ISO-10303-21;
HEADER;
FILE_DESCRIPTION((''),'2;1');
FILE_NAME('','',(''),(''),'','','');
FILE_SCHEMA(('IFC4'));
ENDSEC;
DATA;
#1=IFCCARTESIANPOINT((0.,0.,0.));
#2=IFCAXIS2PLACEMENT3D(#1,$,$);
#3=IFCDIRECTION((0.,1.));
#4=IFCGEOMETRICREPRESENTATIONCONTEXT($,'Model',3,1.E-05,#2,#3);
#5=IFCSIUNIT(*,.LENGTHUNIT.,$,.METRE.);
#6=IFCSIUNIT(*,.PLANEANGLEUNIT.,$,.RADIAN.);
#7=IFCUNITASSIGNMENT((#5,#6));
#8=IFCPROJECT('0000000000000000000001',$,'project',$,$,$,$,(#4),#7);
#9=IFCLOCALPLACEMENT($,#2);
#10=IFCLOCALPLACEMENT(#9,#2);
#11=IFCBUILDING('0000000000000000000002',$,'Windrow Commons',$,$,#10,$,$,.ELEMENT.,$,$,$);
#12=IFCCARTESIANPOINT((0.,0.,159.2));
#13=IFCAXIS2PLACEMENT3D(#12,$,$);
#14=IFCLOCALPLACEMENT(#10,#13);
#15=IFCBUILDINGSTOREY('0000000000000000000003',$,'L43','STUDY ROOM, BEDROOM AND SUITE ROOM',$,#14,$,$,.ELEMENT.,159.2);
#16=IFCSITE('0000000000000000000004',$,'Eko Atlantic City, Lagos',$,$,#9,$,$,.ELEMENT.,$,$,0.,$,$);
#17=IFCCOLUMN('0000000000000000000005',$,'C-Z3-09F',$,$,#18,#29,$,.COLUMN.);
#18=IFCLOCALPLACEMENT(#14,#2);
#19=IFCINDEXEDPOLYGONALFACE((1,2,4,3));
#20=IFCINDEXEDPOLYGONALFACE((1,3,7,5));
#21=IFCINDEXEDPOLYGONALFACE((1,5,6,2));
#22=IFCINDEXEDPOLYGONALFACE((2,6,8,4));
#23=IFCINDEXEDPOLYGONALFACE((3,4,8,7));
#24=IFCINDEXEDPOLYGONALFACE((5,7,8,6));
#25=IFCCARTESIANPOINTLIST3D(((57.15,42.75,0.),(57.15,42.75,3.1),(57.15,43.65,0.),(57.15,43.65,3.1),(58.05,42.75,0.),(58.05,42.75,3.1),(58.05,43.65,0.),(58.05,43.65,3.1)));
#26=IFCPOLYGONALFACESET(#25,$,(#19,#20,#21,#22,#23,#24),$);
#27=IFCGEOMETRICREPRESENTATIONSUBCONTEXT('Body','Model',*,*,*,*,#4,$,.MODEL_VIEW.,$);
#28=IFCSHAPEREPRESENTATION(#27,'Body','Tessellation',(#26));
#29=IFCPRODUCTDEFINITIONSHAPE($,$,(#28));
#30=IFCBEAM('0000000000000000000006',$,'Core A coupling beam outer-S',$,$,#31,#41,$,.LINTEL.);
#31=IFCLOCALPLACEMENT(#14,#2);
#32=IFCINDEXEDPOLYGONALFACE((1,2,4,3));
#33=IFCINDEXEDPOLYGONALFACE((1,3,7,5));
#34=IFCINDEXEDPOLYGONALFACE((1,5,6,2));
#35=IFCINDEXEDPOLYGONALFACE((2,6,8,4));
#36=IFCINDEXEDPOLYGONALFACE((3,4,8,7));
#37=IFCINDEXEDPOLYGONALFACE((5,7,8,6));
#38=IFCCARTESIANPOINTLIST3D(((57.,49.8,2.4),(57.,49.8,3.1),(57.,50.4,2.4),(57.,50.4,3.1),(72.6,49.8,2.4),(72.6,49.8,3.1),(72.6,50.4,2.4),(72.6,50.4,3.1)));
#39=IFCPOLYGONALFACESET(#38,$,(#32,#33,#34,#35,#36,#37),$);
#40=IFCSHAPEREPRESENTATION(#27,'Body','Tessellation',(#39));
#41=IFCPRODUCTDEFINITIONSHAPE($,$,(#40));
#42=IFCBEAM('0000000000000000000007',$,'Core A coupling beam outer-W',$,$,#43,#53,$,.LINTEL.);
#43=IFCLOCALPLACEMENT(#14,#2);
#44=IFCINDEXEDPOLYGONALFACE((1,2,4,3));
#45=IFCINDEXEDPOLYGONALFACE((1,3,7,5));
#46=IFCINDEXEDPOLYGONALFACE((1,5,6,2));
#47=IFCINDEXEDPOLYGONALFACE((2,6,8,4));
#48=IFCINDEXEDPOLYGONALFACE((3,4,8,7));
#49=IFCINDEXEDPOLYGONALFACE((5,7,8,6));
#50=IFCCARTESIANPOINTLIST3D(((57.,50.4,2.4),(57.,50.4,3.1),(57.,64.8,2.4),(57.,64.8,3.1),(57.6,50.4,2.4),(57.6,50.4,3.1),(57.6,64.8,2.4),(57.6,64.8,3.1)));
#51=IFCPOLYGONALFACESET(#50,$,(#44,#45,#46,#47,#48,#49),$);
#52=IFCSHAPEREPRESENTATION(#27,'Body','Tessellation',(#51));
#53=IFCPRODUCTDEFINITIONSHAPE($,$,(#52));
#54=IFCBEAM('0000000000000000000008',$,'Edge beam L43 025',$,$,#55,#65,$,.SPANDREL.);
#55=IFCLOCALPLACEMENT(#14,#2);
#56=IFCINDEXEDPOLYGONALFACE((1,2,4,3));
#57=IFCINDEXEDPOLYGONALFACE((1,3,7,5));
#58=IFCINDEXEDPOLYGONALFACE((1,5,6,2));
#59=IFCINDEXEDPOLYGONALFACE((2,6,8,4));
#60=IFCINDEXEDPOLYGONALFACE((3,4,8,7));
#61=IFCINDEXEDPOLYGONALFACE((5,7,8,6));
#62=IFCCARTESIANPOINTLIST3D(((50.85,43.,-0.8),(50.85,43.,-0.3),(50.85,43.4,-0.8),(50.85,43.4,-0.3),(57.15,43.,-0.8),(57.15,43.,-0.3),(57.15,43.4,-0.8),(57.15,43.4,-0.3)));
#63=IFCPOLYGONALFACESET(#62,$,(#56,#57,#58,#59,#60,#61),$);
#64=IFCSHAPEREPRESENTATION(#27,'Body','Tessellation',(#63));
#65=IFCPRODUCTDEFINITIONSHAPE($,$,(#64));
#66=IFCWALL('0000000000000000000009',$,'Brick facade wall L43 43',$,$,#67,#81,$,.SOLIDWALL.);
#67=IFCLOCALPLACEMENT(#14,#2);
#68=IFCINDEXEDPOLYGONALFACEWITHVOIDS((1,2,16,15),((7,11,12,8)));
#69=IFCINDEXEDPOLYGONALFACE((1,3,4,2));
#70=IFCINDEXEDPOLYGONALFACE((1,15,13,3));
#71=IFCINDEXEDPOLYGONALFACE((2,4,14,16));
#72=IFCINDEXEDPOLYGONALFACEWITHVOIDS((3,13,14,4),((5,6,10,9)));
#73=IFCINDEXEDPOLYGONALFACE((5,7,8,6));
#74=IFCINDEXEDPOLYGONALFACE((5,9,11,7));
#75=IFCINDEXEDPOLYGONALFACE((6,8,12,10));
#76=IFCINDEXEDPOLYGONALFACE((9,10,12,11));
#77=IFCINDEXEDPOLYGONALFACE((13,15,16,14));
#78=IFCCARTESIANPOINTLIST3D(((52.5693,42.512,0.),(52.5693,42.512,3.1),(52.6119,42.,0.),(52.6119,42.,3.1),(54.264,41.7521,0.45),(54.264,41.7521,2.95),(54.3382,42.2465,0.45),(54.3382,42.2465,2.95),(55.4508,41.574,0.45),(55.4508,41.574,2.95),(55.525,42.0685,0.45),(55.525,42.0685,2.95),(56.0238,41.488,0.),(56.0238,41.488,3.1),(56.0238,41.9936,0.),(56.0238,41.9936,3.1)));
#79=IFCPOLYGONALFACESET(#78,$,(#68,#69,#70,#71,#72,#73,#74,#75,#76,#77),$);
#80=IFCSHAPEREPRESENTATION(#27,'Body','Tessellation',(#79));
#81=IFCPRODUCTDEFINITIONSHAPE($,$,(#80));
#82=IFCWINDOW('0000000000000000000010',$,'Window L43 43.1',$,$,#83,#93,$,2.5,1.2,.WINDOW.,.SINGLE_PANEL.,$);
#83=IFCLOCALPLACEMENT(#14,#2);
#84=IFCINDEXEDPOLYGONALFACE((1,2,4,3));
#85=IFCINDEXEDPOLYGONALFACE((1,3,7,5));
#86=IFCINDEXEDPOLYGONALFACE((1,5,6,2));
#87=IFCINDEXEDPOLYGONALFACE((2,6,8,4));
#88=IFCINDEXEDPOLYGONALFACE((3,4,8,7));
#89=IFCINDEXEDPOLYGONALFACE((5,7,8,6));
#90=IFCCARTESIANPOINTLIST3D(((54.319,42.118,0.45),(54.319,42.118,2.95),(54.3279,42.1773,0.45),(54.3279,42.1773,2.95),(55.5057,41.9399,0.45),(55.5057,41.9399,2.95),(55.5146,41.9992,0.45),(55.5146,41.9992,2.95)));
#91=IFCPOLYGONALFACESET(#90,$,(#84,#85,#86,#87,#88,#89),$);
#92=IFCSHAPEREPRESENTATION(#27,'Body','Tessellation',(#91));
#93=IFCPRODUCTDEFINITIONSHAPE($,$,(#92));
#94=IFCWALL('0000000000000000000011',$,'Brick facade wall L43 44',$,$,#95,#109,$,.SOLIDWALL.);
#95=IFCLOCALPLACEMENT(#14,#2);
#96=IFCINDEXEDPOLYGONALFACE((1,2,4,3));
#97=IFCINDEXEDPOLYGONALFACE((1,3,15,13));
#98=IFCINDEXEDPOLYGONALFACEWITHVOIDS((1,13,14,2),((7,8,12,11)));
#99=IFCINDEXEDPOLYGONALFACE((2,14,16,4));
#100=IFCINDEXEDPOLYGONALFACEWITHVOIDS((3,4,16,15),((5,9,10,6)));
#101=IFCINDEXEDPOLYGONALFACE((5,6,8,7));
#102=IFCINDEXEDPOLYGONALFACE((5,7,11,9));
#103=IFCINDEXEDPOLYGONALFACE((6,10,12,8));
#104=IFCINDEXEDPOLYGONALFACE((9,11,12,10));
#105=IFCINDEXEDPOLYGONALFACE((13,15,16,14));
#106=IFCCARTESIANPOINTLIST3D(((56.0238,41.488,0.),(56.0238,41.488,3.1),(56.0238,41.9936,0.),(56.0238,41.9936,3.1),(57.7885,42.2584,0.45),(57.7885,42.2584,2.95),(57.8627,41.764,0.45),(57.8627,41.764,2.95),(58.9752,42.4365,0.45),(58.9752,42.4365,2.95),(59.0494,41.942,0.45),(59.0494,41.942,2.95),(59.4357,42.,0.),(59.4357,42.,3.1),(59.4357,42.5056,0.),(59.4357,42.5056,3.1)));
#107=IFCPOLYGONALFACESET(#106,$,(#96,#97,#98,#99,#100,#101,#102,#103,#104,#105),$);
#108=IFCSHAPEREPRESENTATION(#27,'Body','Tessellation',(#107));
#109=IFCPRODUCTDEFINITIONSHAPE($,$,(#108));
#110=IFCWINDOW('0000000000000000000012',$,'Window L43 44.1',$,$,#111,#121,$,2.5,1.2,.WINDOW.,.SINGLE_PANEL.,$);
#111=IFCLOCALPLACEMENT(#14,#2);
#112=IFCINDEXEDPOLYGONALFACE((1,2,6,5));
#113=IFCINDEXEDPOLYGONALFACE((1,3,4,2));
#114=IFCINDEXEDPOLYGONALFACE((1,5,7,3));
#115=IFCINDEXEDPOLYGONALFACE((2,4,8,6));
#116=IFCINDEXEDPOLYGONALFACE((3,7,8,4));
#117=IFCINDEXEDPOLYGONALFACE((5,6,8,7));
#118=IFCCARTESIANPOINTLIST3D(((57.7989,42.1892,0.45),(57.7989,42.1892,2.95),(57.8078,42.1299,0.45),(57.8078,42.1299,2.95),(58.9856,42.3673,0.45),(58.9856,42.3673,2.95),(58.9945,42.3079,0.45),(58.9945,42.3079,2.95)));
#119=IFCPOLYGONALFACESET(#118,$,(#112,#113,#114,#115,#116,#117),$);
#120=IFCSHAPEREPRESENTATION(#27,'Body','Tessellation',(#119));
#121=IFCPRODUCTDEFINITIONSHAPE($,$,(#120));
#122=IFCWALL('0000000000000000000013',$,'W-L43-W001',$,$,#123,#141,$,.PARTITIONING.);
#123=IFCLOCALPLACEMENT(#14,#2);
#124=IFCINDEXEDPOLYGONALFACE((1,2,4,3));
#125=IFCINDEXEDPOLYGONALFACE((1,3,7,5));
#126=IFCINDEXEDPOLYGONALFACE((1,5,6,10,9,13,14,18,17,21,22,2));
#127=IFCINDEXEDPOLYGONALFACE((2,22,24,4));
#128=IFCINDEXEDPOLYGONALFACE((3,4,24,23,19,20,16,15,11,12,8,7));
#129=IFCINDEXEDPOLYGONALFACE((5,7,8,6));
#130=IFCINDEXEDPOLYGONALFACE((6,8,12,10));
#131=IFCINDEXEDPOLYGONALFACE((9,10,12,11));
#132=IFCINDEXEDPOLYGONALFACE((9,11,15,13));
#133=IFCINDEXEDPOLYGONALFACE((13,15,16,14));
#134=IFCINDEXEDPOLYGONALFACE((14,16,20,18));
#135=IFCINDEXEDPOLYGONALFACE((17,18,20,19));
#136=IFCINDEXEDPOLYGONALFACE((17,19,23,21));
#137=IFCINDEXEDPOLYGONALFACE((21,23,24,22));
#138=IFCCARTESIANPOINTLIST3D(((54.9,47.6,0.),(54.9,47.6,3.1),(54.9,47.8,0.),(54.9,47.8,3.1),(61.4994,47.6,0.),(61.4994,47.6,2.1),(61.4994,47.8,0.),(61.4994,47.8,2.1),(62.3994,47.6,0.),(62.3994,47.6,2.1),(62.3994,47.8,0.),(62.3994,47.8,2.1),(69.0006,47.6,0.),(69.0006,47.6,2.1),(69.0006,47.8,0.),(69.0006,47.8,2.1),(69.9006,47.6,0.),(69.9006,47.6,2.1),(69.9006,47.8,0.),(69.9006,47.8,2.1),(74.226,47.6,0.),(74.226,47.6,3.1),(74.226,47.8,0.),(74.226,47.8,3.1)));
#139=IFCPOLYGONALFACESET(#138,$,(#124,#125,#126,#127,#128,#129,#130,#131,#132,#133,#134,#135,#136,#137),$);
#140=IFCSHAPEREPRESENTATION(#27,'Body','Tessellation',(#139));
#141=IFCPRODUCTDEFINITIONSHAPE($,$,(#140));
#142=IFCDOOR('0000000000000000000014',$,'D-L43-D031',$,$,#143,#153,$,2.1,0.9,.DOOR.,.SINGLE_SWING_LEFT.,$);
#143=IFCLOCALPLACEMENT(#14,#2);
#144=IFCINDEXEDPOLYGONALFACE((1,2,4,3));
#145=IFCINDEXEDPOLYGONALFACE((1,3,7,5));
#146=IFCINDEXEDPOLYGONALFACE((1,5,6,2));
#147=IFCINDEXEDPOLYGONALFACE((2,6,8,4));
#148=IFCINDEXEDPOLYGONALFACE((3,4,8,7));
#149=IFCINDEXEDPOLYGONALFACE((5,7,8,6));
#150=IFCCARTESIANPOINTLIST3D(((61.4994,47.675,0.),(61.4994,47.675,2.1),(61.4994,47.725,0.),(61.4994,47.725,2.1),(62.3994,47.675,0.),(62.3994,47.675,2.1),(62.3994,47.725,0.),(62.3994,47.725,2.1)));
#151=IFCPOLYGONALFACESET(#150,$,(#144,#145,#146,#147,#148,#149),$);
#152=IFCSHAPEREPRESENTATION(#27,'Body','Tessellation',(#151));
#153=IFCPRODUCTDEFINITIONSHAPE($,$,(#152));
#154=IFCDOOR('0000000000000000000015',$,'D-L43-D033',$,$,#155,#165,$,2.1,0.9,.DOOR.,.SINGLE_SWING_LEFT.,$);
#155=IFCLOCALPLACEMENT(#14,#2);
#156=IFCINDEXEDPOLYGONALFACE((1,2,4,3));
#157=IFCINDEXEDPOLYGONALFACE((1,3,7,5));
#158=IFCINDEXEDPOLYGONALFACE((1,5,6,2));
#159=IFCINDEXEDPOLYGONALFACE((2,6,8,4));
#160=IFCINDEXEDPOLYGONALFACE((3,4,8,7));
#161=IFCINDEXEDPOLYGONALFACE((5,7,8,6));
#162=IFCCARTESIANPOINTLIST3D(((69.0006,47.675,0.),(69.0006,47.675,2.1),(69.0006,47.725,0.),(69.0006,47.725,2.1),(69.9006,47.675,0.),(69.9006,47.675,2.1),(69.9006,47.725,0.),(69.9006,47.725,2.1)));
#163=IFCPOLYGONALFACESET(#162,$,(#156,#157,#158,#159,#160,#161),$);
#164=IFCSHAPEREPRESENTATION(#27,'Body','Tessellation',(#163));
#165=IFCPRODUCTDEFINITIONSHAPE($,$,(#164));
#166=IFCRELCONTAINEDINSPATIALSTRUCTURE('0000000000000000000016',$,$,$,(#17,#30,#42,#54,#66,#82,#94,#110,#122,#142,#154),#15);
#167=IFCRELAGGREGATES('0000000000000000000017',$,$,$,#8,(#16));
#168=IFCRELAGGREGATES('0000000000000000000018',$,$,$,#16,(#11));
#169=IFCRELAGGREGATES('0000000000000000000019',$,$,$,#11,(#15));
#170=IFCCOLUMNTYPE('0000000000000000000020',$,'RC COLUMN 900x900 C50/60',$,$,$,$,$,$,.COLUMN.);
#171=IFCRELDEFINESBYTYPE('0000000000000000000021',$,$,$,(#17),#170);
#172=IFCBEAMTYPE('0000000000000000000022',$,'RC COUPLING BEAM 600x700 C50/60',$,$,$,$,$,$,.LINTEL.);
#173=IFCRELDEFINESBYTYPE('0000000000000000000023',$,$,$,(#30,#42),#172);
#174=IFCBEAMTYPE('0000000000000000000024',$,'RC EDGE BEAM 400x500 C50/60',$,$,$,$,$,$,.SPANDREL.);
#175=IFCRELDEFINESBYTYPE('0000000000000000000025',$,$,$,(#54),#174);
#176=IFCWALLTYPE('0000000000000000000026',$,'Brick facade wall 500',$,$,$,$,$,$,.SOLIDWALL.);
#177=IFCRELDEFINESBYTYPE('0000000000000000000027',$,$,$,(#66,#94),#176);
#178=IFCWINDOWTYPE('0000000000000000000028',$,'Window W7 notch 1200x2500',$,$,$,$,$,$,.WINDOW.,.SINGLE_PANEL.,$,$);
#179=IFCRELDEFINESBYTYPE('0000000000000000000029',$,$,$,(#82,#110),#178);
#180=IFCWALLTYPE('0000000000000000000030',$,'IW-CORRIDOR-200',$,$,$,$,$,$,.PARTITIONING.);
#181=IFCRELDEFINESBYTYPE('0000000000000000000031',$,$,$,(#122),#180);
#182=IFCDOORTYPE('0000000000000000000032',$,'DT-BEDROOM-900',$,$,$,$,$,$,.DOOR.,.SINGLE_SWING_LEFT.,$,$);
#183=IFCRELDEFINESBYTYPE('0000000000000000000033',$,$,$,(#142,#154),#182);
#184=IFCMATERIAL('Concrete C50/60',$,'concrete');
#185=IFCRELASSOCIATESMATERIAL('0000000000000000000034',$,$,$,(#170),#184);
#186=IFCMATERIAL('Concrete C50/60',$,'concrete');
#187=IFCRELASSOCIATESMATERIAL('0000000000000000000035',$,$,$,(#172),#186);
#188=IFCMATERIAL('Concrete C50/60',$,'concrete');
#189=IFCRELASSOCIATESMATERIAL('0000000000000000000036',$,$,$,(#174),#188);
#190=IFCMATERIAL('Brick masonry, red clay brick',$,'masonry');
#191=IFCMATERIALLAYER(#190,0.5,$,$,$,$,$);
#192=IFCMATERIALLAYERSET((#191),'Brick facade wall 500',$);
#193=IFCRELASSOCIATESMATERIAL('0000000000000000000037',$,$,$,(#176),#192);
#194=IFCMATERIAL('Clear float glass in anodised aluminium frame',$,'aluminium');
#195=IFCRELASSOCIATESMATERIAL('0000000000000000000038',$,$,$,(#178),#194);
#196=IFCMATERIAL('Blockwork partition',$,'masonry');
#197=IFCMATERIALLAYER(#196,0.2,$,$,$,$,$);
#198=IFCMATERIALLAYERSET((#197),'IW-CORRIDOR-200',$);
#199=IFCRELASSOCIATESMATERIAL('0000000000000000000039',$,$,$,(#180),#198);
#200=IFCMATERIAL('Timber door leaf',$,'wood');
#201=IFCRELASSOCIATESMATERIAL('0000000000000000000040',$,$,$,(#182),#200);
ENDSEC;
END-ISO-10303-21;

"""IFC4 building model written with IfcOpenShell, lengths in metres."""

from ifc_helpers import new_model, si_unit, direction, frame, frame_2d, origin, origin_2d, place, context, subcontext, project, spatial, polyline, rectangle, outline, extrude, material, layer, layer_set, material_profile, profile_set, type_object, element, fill, save


model = new_model("IFC4")

# Units and contexts
model_context = context("Model", 3, precision=1e-05, world=origin(), true_north=direction((0.0, 1.0)))
body_context = subcontext(model_context, "Body", "Model", "MODEL_VIEW")
ifc_project = project(units=[si_unit("LENGTHUNIT", "METRE"), si_unit("PLANEANGLEUNIT", "RADIAN")], contexts=[model_context])

# Site, building, storey
site_placement = place(None, origin())
site = spatial("IfcSite", under=ifc_project, at=site_placement, Name="Eko Atlantic City, Lagos", CompositionType="ELEMENT", RefElevation=0.0)
building_placement = place(site_placement, origin())
building = spatial("IfcBuilding", under=site, at=building_placement, Name="Windrow Commons", CompositionType="ELEMENT")
storey_placement = place(building_placement, frame((0.0, 0.0, 159.2)))
storey = spatial("IfcBuildingStorey", under=building, at=storey_placement, Name="L43", Description="STUDY ROOM, BEDROOM AND SUITE ROOM", CompositionType="ELEMENT", Elevation=159.2)

# Column
ifc_material_1 = material(Name="Concrete C50/60", Category="concrete")
ifc_material_profile_1 = material_profile(ifc_material_1, rectangle(XDim=0.9, YDim=0.9, at=origin_2d()))
ifc_profile_set_1 = profile_set([ifc_material_profile_1], Name="Concrete C50/60")
column_type = type_object("IfcColumnType", Name="RC COLUMN 900x900 C50/60", PredefinedType="COLUMN", material=ifc_profile_set_1)
column_placement = place(storey_placement, frame((57.6, 43.2, 0.0), z_axis=(0.0, 0.0, 1.0), x_axis=(1.0, 0.0, 0.0)))
element("IfcColumn", 1, at=column_placement, inside=storey, type_object=column_type, Name="C-Z3-09F", PredefinedType="COLUMN", context=body_context, shape_type="SweptSolid", body=[
    extrude(rectangle(XDim=0.9, YDim=0.9, at=origin_2d()), origin(), (0.0, 0.0, 1.0), 3.1),
])

# Beams
ifc_material_2 = material(Name="Concrete C50/60", Category="concrete")
ifc_material_profile_2 = material_profile(ifc_material_2, rectangle(XDim=0.6, YDim=0.7, at=origin_2d()))
ifc_profile_set_2 = profile_set([ifc_material_profile_2], Name="Concrete C50/60")
beam_type_1 = type_object("IfcBeamType", Name="RC COUPLING BEAM 600x700 C50/60", PredefinedType="LINTEL", material=ifc_profile_set_2)
beam_1_placement = place(storey_placement, frame((57.0, 50.1, 2.75), z_axis=(1.0, 0.0, 0.0), x_axis=(0.0, 1.0, 0.0)))
element("IfcBeam", 2, at=beam_1_placement, inside=storey, type_object=beam_type_1, Name="Core A coupling beam outer-S", PredefinedType="LINTEL", context=body_context, shape_type="SweptSolid", body=[
    extrude(rectangle(XDim=0.6, YDim=0.7, at=origin_2d()), origin(), (0.0, 0.0, 1.0), 15.6),
])
beam_2_placement = place(storey_placement, frame((57.3, 50.4, 2.75), z_axis=(0.0, 1.0, 0.0), x_axis=(-1.0, 0.0, 0.0)))
element("IfcBeam", 3, at=beam_2_placement, inside=storey, type_object=beam_type_1, Name="Core A coupling beam outer-W", PredefinedType="LINTEL", context=body_context, shape_type="SweptSolid", body=[
    extrude(rectangle(XDim=0.6, YDim=0.7, at=origin_2d()), origin(), (0.0, 0.0, 1.0), 14.4),
])
ifc_material_3 = material(Name="Concrete C50/60", Category="concrete")
ifc_material_profile_3 = material_profile(ifc_material_3, rectangle(XDim=0.4, YDim=0.5, at=origin_2d()))
ifc_profile_set_3 = profile_set([ifc_material_profile_3], Name="Concrete C50/60")
beam_type_2 = type_object("IfcBeamType", Name="RC EDGE BEAM 400x500 C50/60", PredefinedType="SPANDREL", material=ifc_profile_set_3)
beam_3_placement = place(storey_placement, frame((57.15, 43.2, -0.55), z_axis=(-1.0, 0.0, 0.0), x_axis=(0.0, -1.0, 0.0)))
element("IfcBeam", 4, at=beam_3_placement, inside=storey, type_object=beam_type_2, Name="Edge beam L43 025", PredefinedType="SPANDREL", context=body_context, shape_type="SweptSolid", body=[
    extrude(rectangle(XDim=0.4, YDim=0.5, at=origin_2d()), origin(), (0.0, 0.0, 1.0), 6.3),
])

# Walls, openings, windows
ifc_material_4 = material(Name="Brick masonry, red clay brick", Category="masonry")
ifc_layer_1 = layer(ifc_material_4, 0.5)
ifc_layer_set_1 = layer_set([ifc_layer_1], Name="Brick facade wall 500")
wall_type_1 = type_object("IfcWallType", Name="Brick facade wall 500", PredefinedType="SOLIDWALL", material=ifc_layer_set_1)
wall_1_placement = place(storey_placement, frame((52.5906, 42.256, 0.0), z_axis=(0.0, 0.0, 1.0), x_axis=(0.988927, -0.148402, 0.0)))
wall_1 = element("IfcWall", 5, at=wall_1_placement, inside=storey, type_object=wall_type_1, Name="Brick facade wall L43 43", PredefinedType="SOLIDWALL", context=body_context, shape_type="SweptSolid", body=[
    extrude(outline(polyline([(0.0591, -0.25), (3.5092, -0.25), (3.4341, 0.25), (-0.0591, 0.25), (0.0591, -0.25)])), origin(), (0.0, 0.0, 1.0), 3.1),
])
opening_1_placement = place(wall_1_placement, frame((1.7297, 0.0, 0.45)))
opening_1 = element("IfcOpeningElement", 6, at=opening_1_placement, cuts=wall_1, PredefinedType="OPENING", context=body_context, shape_type="SweptSolid", body=[
    extrude(rectangle(XDim=1.2, YDim=2.5, at=frame_2d((0.6, 1.25))), frame((0.0, 0.26, 0.0), z_axis=(0.0, -1.0, 0.0), x_axis=(1.0, 0.0, 0.0)), (0.0, 0.0, 1.0), 0.52),
])
ifc_material_5 = material(Name="Clear float glass in anodised aluminium frame", Category="aluminium")
window_type = type_object("IfcWindowType", Name="Window W7 notch 1200x2500", PartitioningType="SINGLE_PANEL", PredefinedType="WINDOW", material=ifc_material_5)
window_1_placement = place(opening_1_placement, origin())
window_1 = element("IfcWindow", 7, at=window_1_placement, inside=storey, type_object=window_type, Name="Window L43 43.1", OverallHeight=2.5, OverallWidth=1.2, PartitioningType="SINGLE_PANEL", PredefinedType="WINDOW", context=body_context, shape_type="SweptSolid", body=[
    extrude(rectangle(XDim=1.2, YDim=2.5, at=frame_2d((0.6, 1.25))), frame((0.0, 0.18, 0.0), z_axis=(0.0, -1.0, 0.0), x_axis=(1.0, 0.0, 0.0)), (0.0, 0.0, 1.0), 0.06),
])
fill(opening_1, window_1)
wall_2_placement = place(storey_placement, frame((56.0238, 41.7408, 0.0), z_axis=(0.0, 0.0, 1.0), x_axis=(0.988927, 0.148401, 0.0)))
wall_2 = element("IfcWall", 8, at=wall_2_placement, inside=storey, type_object=wall_type_1, Name="Brick facade wall L43 44", PredefinedType="SOLIDWALL", context=body_context, shape_type="SweptSolid", body=[
    extrude(outline(polyline([(-0.0375, -0.25), (3.4126, -0.25), (3.4876, 0.25), (0.0375, 0.25), (-0.0375, -0.25)])), origin(), (0.0, 0.0, 1.0), 3.1),
])
opening_2_placement = place(wall_2_placement, frame((1.822, 0.0, 0.45)))
opening_2 = element("IfcOpeningElement", 9, at=opening_2_placement, cuts=wall_2, PredefinedType="OPENING", context=body_context, shape_type="SweptSolid", body=[
    extrude(rectangle(XDim=1.2, YDim=2.5, at=frame_2d((0.6, 1.25))), frame((0.0, 0.26, 0.0), z_axis=(0.0, -1.0, 0.0), x_axis=(1.0, 0.0, 0.0)), (0.0, 0.0, 1.0), 0.52),
])
window_2_placement = place(opening_2_placement, origin())
window_2 = element("IfcWindow", 10, at=window_2_placement, inside=storey, type_object=window_type, Name="Window L43 44.1", OverallHeight=2.5, OverallWidth=1.2, PartitioningType="SINGLE_PANEL", PredefinedType="WINDOW", context=body_context, shape_type="SweptSolid", body=[
    extrude(rectangle(XDim=1.2, YDim=2.5, at=frame_2d((0.6, 1.25))), frame((0.0, 0.18, 0.0), z_axis=(0.0, -1.0, 0.0), x_axis=(1.0, 0.0, 0.0)), (0.0, 0.0, 1.0), 0.06),
])
fill(opening_2, window_2)

# Wall, openings, doors
ifc_material_6 = material(Name="Blockwork partition", Category="masonry")
ifc_layer_2 = layer(ifc_material_6, 0.2)
ifc_layer_set_2 = layer_set([ifc_layer_2], Name="IW-CORRIDOR-200")
wall_type_2 = type_object("IfcWallType", Name="IW-CORRIDOR-200", PredefinedType="PARTITIONING", material=ifc_layer_set_2)
wall_3_placement = place(storey_placement, frame((54.9, 47.7, 0.0), z_axis=(0.0, 0.0, 1.0), x_axis=(1.0, 0.0, 0.0)))
wall_3 = element("IfcWall", 11, at=wall_3_placement, inside=storey, type_object=wall_type_2, Name="W-L43-W001", PredefinedType="PARTITIONING", context=body_context, shape_type="SweptSolid", body=[
    extrude(rectangle(XDim=19.326, YDim=0.2, at=frame_2d((9.663, 0.0))), origin(), (0.0, 0.0, 1.0), 3.1),
])
opening_3_placement = place(wall_3_placement, frame((6.5994, 0.0, 0.0)))
opening_3 = element("IfcOpeningElement", 12, at=opening_3_placement, cuts=wall_3, PredefinedType="OPENING", context=body_context, shape_type="SweptSolid", body=[
    extrude(rectangle(XDim=0.9, YDim=2.1, at=frame_2d((0.45, 1.05))), frame((0.0, 0.11, 0.0), z_axis=(0.0, -1.0, 0.0), x_axis=(1.0, 0.0, 0.0)), (0.0, 0.0, 1.0), 0.22),
])
opening_4_placement = place(wall_3_placement, frame((14.1006, 0.0, 0.0)))
opening_4 = element("IfcOpeningElement", 13, at=opening_4_placement, cuts=wall_3, PredefinedType="OPENING", context=body_context, shape_type="SweptSolid", body=[
    extrude(rectangle(XDim=0.9, YDim=2.1, at=frame_2d((0.45, 1.05))), frame((0.0, 0.11, 0.0), z_axis=(0.0, -1.0, 0.0), x_axis=(1.0, 0.0, 0.0)), (0.0, 0.0, 1.0), 0.22),
])
ifc_material_7 = material(Name="Timber door leaf", Category="wood")
door_type_1 = type_object("IfcDoorType", Name="DT-BEDROOM-900", OperationType="SINGLE_SWING_LEFT", PredefinedType="DOOR", material=ifc_material_7)
door_1_placement = place(opening_3_placement, origin())
door_1 = element("IfcDoor", 14, at=door_1_placement, inside=storey, type_object=door_type_1, Name="D-L43-D031", OperationType="SINGLE_SWING_LEFT", OverallHeight=2.1, OverallWidth=0.9, PredefinedType="DOOR", context=body_context, shape_type="SweptSolid", body=[
    extrude(rectangle(XDim=0.9, YDim=2.1, at=frame_2d((0.45, 1.05))), frame((0.0, 0.025, 0.0), z_axis=(0.0, -1.0, 0.0), x_axis=(1.0, 0.0, 0.0)), (0.0, 0.0, 1.0), 0.05),
])
fill(opening_3, door_1)
door_2_placement = place(opening_4_placement, origin())
door_2 = element("IfcDoor", 15, at=door_2_placement, inside=storey, type_object=door_type_1, Name="D-L43-D033", OperationType="SINGLE_SWING_LEFT", OverallHeight=2.1, OverallWidth=0.9, PredefinedType="DOOR", context=body_context, shape_type="SweptSolid", body=[
    extrude(rectangle(XDim=0.9, YDim=2.1, at=frame_2d((0.45, 1.05))), frame((0.0, 0.025, 0.0), z_axis=(0.0, -1.0, 0.0), x_axis=(1.0, 0.0, 0.0)), (0.0, 0.0, 1.0), 0.05),
])
fill(opening_4, door_2)

save(model, "model.ifc")
